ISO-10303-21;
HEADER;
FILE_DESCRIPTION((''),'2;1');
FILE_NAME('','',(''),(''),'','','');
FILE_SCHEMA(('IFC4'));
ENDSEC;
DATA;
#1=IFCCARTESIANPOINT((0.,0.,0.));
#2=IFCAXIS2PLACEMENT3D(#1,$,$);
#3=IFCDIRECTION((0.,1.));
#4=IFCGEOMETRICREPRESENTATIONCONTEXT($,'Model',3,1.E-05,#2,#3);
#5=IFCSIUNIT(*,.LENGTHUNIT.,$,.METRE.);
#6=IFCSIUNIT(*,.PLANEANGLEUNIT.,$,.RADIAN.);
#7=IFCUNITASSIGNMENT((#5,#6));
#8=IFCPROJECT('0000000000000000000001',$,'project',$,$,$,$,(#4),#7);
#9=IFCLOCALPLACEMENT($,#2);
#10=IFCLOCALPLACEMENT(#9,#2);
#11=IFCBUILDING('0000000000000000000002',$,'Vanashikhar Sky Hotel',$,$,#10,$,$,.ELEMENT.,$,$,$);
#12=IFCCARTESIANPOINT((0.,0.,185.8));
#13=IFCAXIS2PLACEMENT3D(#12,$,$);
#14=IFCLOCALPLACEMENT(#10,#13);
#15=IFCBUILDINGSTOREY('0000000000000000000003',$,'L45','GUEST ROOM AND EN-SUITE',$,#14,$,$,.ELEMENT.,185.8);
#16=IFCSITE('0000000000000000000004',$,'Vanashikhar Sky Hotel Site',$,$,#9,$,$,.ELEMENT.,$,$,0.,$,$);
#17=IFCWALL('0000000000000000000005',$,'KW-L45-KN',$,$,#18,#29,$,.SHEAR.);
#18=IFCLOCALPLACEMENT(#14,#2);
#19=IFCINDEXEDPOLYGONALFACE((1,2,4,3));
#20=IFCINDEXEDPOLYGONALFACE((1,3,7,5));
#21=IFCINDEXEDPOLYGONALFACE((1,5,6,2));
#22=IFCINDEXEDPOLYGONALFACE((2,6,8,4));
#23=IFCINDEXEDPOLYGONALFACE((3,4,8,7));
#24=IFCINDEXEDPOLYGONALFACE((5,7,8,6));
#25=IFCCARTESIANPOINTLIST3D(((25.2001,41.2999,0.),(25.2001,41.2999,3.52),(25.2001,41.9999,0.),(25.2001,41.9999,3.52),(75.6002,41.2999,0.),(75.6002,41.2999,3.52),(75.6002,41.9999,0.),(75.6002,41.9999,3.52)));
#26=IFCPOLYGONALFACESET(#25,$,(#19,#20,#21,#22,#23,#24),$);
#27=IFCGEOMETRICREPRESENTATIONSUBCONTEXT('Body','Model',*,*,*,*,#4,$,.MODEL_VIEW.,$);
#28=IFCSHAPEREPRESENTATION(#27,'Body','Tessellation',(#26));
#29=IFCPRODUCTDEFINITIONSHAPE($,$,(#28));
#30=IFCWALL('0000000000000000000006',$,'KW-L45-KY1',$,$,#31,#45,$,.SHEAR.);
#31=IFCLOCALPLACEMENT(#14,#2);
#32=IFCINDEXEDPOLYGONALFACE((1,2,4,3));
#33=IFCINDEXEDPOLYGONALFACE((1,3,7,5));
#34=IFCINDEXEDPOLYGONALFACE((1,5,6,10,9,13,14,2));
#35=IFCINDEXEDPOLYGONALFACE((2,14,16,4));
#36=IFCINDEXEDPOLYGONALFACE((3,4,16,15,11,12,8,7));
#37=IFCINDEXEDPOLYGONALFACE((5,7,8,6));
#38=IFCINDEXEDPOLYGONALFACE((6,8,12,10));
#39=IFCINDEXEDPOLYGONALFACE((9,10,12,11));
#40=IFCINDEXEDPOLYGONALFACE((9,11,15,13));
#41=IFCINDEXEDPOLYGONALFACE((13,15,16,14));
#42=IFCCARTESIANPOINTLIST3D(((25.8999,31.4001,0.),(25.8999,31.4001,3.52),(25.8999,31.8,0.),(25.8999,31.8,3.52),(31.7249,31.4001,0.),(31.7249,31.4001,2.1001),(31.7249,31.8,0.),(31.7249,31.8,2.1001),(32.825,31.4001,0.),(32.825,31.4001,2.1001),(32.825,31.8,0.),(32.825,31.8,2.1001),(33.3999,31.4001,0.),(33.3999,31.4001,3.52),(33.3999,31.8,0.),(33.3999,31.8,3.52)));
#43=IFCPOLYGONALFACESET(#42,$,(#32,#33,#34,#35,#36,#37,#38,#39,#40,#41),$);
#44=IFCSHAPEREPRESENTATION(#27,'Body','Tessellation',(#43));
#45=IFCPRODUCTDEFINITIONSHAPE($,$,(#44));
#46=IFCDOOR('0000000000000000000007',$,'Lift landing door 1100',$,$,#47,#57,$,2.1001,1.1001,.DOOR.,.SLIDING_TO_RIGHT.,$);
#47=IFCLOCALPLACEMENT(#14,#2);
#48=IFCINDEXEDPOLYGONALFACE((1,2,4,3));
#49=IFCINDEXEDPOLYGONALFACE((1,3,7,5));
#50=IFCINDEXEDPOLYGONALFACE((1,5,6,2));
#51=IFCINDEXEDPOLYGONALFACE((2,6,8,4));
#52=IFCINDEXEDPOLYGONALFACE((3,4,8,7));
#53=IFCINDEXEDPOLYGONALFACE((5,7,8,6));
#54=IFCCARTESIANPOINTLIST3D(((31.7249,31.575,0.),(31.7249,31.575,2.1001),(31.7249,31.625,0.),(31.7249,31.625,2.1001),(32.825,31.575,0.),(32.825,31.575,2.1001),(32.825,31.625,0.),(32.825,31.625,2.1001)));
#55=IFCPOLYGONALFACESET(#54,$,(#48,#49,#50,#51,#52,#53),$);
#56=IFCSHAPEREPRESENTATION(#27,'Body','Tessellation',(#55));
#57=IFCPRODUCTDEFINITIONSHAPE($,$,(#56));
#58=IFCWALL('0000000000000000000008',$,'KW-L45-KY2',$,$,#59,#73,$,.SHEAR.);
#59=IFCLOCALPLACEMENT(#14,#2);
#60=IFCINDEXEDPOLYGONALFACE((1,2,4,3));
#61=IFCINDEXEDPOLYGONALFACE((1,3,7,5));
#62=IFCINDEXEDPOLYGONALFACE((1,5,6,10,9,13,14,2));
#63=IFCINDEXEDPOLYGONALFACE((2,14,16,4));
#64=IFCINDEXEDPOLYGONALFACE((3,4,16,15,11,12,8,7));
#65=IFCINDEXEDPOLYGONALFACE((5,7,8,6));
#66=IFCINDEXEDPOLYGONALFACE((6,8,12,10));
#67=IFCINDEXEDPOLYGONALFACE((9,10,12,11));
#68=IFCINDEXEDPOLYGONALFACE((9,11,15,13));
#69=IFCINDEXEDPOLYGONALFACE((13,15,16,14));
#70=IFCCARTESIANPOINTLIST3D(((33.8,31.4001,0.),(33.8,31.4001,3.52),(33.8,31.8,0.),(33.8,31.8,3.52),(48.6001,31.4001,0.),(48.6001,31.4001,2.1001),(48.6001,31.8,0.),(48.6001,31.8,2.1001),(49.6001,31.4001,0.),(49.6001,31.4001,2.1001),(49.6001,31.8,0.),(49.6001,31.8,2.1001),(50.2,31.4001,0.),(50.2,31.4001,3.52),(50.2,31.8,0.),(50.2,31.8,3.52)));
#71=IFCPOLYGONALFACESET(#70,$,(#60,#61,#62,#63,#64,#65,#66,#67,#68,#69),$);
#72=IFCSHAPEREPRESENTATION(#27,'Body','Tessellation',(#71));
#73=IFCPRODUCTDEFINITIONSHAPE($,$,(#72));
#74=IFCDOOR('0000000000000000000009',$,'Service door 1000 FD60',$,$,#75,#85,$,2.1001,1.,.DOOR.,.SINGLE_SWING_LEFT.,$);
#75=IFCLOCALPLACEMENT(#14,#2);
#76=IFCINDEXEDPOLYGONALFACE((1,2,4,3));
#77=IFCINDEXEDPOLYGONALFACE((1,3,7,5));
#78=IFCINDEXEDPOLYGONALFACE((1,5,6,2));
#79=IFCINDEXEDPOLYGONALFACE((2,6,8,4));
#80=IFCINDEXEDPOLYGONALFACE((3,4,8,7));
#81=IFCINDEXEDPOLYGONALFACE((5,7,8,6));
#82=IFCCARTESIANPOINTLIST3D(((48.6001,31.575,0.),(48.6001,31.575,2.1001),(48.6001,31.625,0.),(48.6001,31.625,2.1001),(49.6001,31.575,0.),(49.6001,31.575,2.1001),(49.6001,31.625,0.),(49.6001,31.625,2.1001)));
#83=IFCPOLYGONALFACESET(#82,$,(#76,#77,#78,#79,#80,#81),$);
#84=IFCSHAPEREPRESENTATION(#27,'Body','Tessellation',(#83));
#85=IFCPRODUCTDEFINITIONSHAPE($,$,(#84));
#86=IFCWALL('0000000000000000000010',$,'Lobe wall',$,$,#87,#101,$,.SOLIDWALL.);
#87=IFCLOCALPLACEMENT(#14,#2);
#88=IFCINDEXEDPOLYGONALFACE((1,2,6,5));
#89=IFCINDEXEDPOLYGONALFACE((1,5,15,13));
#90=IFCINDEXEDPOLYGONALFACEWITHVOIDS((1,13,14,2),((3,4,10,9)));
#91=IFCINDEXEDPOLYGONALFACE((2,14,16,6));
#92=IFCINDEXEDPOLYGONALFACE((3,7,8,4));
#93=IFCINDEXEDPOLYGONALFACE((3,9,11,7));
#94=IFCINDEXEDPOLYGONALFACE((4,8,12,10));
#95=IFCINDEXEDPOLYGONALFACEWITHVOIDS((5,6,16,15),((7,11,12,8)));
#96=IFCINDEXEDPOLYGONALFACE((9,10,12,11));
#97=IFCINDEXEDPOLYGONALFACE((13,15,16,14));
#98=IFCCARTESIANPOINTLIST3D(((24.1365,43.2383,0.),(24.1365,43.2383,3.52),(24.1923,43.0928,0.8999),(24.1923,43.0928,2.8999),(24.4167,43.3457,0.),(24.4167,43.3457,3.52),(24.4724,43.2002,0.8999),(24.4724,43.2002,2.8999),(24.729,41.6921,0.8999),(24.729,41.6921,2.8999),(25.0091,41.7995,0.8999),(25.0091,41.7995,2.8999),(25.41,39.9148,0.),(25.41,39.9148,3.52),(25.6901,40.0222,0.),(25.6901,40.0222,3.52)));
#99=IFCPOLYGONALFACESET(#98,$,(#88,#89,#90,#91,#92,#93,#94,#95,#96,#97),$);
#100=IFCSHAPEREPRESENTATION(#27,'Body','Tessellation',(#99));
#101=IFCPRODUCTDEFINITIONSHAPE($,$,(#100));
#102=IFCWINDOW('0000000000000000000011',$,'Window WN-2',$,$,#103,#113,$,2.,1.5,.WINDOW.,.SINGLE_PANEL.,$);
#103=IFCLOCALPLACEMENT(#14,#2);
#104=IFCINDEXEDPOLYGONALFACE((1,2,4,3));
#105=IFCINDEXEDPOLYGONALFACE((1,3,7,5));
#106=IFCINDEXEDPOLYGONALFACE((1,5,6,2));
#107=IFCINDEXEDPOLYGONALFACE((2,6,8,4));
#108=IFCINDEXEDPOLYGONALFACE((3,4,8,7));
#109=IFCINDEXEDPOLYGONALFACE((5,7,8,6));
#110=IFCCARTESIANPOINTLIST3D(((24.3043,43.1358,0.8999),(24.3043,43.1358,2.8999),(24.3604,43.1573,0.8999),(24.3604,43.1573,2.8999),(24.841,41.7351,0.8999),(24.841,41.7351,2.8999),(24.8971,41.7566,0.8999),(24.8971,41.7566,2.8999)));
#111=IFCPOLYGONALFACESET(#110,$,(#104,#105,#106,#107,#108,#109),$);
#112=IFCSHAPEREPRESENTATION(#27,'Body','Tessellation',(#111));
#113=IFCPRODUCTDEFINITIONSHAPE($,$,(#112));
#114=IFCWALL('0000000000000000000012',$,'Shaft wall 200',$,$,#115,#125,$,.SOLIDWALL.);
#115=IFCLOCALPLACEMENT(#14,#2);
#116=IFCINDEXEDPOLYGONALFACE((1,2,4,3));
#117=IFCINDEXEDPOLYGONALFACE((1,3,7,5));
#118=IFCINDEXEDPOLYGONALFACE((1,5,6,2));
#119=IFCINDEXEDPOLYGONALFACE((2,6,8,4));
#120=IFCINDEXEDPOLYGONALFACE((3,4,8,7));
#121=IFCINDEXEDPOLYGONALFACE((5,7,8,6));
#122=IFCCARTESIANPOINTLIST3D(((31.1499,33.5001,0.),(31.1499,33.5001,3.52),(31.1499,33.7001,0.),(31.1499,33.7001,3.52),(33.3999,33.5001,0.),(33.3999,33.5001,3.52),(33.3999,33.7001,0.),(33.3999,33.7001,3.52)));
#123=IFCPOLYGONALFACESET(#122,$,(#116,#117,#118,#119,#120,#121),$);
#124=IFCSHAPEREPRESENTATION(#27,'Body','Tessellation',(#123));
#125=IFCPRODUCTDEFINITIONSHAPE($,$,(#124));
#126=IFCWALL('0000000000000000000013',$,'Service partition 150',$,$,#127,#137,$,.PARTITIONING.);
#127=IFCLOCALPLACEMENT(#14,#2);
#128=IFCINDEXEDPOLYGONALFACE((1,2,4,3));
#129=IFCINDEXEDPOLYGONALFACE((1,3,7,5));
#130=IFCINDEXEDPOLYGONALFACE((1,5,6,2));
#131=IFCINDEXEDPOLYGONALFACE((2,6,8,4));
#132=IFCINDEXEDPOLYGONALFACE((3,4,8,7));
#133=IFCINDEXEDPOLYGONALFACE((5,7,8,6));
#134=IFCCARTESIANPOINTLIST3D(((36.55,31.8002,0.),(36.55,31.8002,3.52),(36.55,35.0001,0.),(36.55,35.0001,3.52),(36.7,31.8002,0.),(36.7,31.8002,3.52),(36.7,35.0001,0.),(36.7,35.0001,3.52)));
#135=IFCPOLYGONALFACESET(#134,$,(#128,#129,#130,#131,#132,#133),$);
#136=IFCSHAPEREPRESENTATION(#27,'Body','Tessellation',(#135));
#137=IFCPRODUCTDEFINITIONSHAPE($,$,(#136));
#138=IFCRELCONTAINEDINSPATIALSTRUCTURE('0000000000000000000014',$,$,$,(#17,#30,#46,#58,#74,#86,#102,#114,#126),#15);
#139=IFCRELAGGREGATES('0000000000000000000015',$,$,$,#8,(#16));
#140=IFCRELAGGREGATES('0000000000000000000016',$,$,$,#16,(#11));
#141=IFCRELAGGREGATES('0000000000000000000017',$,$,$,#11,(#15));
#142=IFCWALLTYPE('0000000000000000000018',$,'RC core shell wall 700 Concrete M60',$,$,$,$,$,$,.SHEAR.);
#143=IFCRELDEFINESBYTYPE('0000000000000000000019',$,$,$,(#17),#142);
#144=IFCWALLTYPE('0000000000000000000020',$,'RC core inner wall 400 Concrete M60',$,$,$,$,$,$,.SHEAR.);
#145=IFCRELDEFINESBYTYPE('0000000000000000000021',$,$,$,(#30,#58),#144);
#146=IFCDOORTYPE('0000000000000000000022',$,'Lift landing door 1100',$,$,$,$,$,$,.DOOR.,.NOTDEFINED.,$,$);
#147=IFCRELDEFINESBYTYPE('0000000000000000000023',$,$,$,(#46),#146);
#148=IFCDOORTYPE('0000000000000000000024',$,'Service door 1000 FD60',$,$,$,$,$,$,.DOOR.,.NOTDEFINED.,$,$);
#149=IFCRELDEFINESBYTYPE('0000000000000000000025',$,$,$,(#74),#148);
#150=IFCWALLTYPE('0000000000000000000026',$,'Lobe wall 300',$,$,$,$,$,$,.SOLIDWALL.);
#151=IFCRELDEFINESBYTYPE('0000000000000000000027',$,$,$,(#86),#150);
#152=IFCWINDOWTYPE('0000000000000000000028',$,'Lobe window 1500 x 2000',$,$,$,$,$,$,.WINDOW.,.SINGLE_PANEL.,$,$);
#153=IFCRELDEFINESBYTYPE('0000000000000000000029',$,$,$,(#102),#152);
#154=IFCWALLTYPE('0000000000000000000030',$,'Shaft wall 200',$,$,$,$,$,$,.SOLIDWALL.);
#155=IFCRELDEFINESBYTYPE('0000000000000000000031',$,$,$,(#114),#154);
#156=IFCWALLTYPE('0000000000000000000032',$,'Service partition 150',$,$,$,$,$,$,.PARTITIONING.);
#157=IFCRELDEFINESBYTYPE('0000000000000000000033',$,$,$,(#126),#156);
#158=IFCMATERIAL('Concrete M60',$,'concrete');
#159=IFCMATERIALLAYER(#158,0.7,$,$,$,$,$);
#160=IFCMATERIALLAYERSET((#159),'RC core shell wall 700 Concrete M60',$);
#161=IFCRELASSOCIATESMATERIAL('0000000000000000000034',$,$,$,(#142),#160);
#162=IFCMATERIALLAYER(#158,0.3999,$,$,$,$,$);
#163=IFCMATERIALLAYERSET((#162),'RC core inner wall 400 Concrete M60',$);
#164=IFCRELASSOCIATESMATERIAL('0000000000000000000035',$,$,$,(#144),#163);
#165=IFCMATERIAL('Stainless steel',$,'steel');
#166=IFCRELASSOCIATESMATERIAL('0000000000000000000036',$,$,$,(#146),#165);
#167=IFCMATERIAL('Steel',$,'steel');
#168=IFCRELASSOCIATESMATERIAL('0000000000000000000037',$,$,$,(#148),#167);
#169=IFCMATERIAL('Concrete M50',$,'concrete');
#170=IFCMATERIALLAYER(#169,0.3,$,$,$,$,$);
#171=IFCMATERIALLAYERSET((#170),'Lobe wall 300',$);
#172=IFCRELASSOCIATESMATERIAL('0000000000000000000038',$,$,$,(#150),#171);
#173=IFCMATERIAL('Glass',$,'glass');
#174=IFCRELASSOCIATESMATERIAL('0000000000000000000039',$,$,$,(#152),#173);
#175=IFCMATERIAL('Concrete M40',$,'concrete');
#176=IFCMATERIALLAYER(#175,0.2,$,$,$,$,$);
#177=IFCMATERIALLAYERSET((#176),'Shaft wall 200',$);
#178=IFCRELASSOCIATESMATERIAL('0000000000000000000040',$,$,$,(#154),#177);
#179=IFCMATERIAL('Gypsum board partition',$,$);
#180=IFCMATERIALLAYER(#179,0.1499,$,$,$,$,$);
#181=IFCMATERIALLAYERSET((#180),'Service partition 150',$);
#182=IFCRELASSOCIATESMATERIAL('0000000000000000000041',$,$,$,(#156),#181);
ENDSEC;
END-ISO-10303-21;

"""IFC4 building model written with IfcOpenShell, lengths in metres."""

from ifc_helpers import new_model, si_unit, direction, frame, frame_2d, origin, place, context, subcontext, project, spatial, rectangle, extrude, source, transform, mapped, material, layer, layer_set, type_object, element, fill, save


model = new_model("IFC4")

# Units and contexts
model_context = context("Model", 3, precision=1e-05, world=origin(), true_north=direction((0.0, 1.0)))
body_context = subcontext(model_context, "Body", "Model", "MODEL_VIEW")
ifc_project = project(units=[si_unit("LENGTHUNIT", "METRE"), si_unit("PLANEANGLEUNIT", "RADIAN")], contexts=[model_context])

# Site, building, storey
site_placement = place(None, origin())
site = spatial("IfcSite", under=ifc_project, at=site_placement, Name="Vanashikhar Sky Hotel Site", CompositionType="ELEMENT", RefElevation=0.0)
building_placement = place(site_placement, origin())
building = spatial("IfcBuilding", under=site, at=building_placement, Name="Vanashikhar Sky Hotel", CompositionType="ELEMENT")
storey_placement = place(building_placement, frame((0.0, 0.0, 185.8)))
storey = spatial("IfcBuildingStorey", under=building, at=storey_placement, Name="L45", Description="GUEST ROOM AND EN-SUITE", CompositionType="ELEMENT", Elevation=185.8)

# Wall
ifc_material_1 = material(Name="Concrete M60", Category="concrete")
ifc_layer_1 = layer(ifc_material_1, 0.7)
ifc_layer_set_1 = layer_set([ifc_layer_1], Name="RC core shell wall 700 Concrete M60")
wall_type_1 = type_object("IfcWallType", Name="RC core shell wall 700 Concrete M60", PredefinedType="SHEAR", material=ifc_layer_set_1)
shared_shape_1 = source(origin(), body_context, "Body", "SweptSolid", [
    extrude(rectangle(XDim=50.4001, YDim=0.7, at=frame_2d((25.2002, 0.0))), origin(), (0.0, 0.0, 1.0), 3.52),
])
wall_1_placement = place(storey_placement, frame((25.2, 41.6499, 0.0), z_axis=(0.0, 0.0, 1.0), x_axis=(1.0, 0.0, 0.0)))
element("IfcWall", 1, at=wall_1_placement, inside=storey, type_object=wall_type_1, Name="KW-L45-KN", PredefinedType="SHEAR", context=body_context, shape_type="MappedRepresentation", body=[
    mapped(shared_shape_1, transform((0.0, 0.0, 0.0), scale=1.0)),
])

# Walls, openings, doors
ifc_layer_2 = layer(ifc_material_1, 0.3999)
ifc_layer_set_2 = layer_set([ifc_layer_2], Name="RC core inner wall 400 Concrete M60")
wall_type_2 = type_object("IfcWallType", Name="RC core inner wall 400 Concrete M60", PredefinedType="SHEAR", material=ifc_layer_set_2)
shared_shape_2 = source(origin(), body_context, "Body", "SweptSolid", [
    extrude(rectangle(XDim=7.5, YDim=0.3999, at=frame_2d((3.75, 0.0))), origin(), (0.0, 0.0, 1.0), 3.52),
])
wall_2_placement = place(storey_placement, frame((25.8999, 31.6001, 0.0), z_axis=(0.0, 0.0, 1.0), x_axis=(1.0, 0.0, 0.0)))
wall_2 = element("IfcWall", 2, at=wall_2_placement, inside=storey, type_object=wall_type_2, Name="KW-L45-KY1", PredefinedType="SHEAR", context=body_context, shape_type="MappedRepresentation", body=[
    mapped(shared_shape_2, transform((0.0, 0.0, 0.0), scale=1.0)),
])
shared_shape_3 = source(origin(), body_context, "Body", "SweptSolid", [
    extrude(rectangle(XDim=1.1001, YDim=2.1001, at=frame_2d((0.55, 1.05))), frame((0.0, 0.21, 0.0), z_axis=(0.0, -1.0, 0.0), x_axis=(1.0, 0.0, 0.0)), (0.0, 0.0, 1.0), 0.4199),
])
opening_1_placement = place(wall_2_placement, frame((5.825, 0.0, 0.0)))
opening_1 = element("IfcOpeningElement", 3, at=opening_1_placement, cuts=wall_2, PredefinedType="OPENING", context=body_context, shape_type="MappedRepresentation", body=[
    mapped(shared_shape_3, transform((0.0, 0.0, 0.0), scale=1.0)),
])
ifc_material_2 = material(Name="Stainless steel", Category="steel")
door_type_1 = type_object("IfcDoorType", Name="Lift landing door 1100", OperationType="NOTDEFINED", PredefinedType="DOOR", material=ifc_material_2)
shared_shape_4 = source(origin(), body_context, "Body", "SweptSolid", [
    extrude(rectangle(XDim=1.1001, YDim=2.1001, at=frame_2d((0.55, 1.05))), frame((0.0, 0.0249, 0.0), z_axis=(0.0, -1.0, 0.0), x_axis=(1.0, 0.0, 0.0)), (0.0, 0.0, 1.0), 0.05),
])
door_1_placement = place(opening_1_placement, origin())
door_1 = element("IfcDoor", 4, at=door_1_placement, inside=storey, type_object=door_type_1, Name="Lift landing door 1100", OperationType="SLIDING_TO_RIGHT", OverallHeight=2.1001, OverallWidth=1.1001, PredefinedType="DOOR", context=body_context, shape_type="MappedRepresentation", body=[
    mapped(shared_shape_4, transform((0.0, 0.0, 0.0), scale=1.0)),
])
fill(opening_1, door_1)
shared_shape_5 = source(origin(), body_context, "Body", "SweptSolid", [
    extrude(rectangle(XDim=16.3999, YDim=0.3999, at=frame_2d((8.2, 0.0))), origin(), (0.0, 0.0, 1.0), 3.52),
])
wall_3_placement = place(storey_placement, frame((33.8, 31.6001, 0.0), z_axis=(0.0, 0.0, 1.0), x_axis=(1.0, 0.0, 0.0)))
wall_3 = element("IfcWall", 5, at=wall_3_placement, inside=storey, type_object=wall_type_2, Name="KW-L45-KY2", PredefinedType="SHEAR", context=body_context, shape_type="MappedRepresentation", body=[
    mapped(shared_shape_5, transform((0.0, 0.0, 0.0), scale=1.0)),
])
shared_shape_6 = source(origin(), body_context, "Body", "SweptSolid", [
    extrude(rectangle(XDim=1.0, YDim=2.1001, at=frame_2d((0.5, 1.05))), frame((0.0, 0.21, 0.0), z_axis=(0.0, -1.0, 0.0), x_axis=(1.0, 0.0, 0.0)), (0.0, 0.0, 1.0), 0.4199),
])
opening_2_placement = place(wall_3_placement, frame((14.8, 0.0, 0.0)))
opening_2 = element("IfcOpeningElement", 6, at=opening_2_placement, cuts=wall_3, PredefinedType="OPENING", context=body_context, shape_type="MappedRepresentation", body=[
    mapped(shared_shape_6, transform((0.0, 0.0, 0.0), scale=1.0)),
])
ifc_material_3 = material(Name="Steel", Category="steel")
door_type_2 = type_object("IfcDoorType", Name="Service door 1000 FD60", OperationType="NOTDEFINED", PredefinedType="DOOR", material=ifc_material_3)
shared_shape_7 = source(origin(), body_context, "Body", "SweptSolid", [
    extrude(rectangle(XDim=1.0, YDim=2.1001, at=frame_2d((0.5, 1.05))), frame((0.0, 0.0249, 0.0), z_axis=(0.0, -1.0, 0.0), x_axis=(1.0, 0.0, 0.0)), (0.0, 0.0, 1.0), 0.05),
])
door_2_placement = place(opening_2_placement, origin())
door_2 = element("IfcDoor", 7, at=door_2_placement, inside=storey, type_object=door_type_2, Name="Service door 1000 FD60", OperationType="SINGLE_SWING_LEFT", OverallHeight=2.1001, OverallWidth=1.0, PredefinedType="DOOR", context=body_context, shape_type="MappedRepresentation", body=[
    mapped(shared_shape_7, transform((0.0, 0.0, 0.0), scale=1.0)),
])
fill(opening_2, door_2)

# Wall, opening, window
ifc_material_4 = material(Name="Concrete M50", Category="concrete")
ifc_layer_3 = layer(ifc_material_4, 0.3)
ifc_layer_set_3 = layer_set([ifc_layer_3], Name="Lobe wall 300")
wall_type_3 = type_object("IfcWallType", Name="Lobe wall 300", PredefinedType="SOLIDWALL", material=ifc_layer_set_3)
shared_shape_8 = source(origin(), body_context, "Body", "SweptSolid", [
    extrude(rectangle(XDim=3.5591, YDim=0.3, at=frame_2d((1.7795, 0.0))), origin(), (0.0, 0.0, 1.0), 3.52),
])
wall_4_placement = place(storey_placement, frame((25.55, 39.9685, 0.0), z_axis=(0.0, 0.0, 1.0), x_axis=(-0.357797, 0.933799, 0.0)))
wall_4 = element("IfcWall", 8, at=wall_4_placement, inside=storey, type_object=wall_type_3, Name="Lobe wall", PredefinedType="SOLIDWALL", context=body_context, shape_type="MappedRepresentation", body=[
    mapped(shared_shape_8, transform((0.0, 0.0, 0.0), scale=1.0)),
])
shared_shape_9 = source(origin(), body_context, "Body", "SweptSolid", [
    extrude(rectangle(XDim=1.5, YDim=2.0, at=frame_2d((0.75, 1.0))), frame((0.0, 0.1602, 0.0), z_axis=(0.0, -1.0, 0.0), x_axis=(1.0, 0.0, 0.0)), (0.0, 0.0, 1.0), 0.3201),
])
opening_3_placement = place(wall_4_placement, frame((1.9033, 0.0, 0.8999)))
opening_3 = element("IfcOpeningElement", 9, at=opening_3_placement, cuts=wall_4, PredefinedType="OPENING", context=body_context, shape_type="MappedRepresentation", body=[
    mapped(shared_shape_9, transform((0.0, 0.0, 0.0), scale=1.0)),
])
ifc_material_5 = material(Name="Glass", Category="glass")
window_type = type_object("IfcWindowType", Name="Lobe window 1500 x 2000", PartitioningType="SINGLE_PANEL", PredefinedType="WINDOW", material=ifc_material_5)
shared_shape_10 = source(origin(), body_context, "Body", "SweptSolid", [
    extrude(rectangle(XDim=1.5, YDim=2.0, at=frame_2d((0.75, 1.0))), frame((0.0, 0.03, 0.0), z_axis=(0.0, -1.0, 0.0), x_axis=(1.0, 0.0, 0.0)), (0.0, 0.0, 1.0), 0.0601),
])
window_placement = place(opening_3_placement, origin())
window = element("IfcWindow", 10, at=window_placement, inside=storey, type_object=window_type, Name="Window WN-2", OverallHeight=2.0, OverallWidth=1.5, PartitioningType="SINGLE_PANEL", PredefinedType="WINDOW", context=body_context, shape_type="MappedRepresentation", body=[
    mapped(shared_shape_10, transform((0.0, 0.0, 0.0), scale=1.0)),
])
fill(opening_3, window)

# Walls
ifc_material_6 = material(Name="Concrete M40", Category="concrete")
ifc_layer_4 = layer(ifc_material_6, 0.2)
ifc_layer_set_4 = layer_set([ifc_layer_4], Name="Shaft wall 200")
wall_type_4 = type_object("IfcWallType", Name="Shaft wall 200", PredefinedType="SOLIDWALL", material=ifc_layer_set_4)
shared_shape_11 = source(origin(), body_context, "Body", "SweptSolid", [
    extrude(rectangle(XDim=2.25, YDim=0.2, at=frame_2d((1.125, 0.0))), origin(), (0.0, 0.0, 1.0), 3.52),
])
wall_5_placement = place(storey_placement, frame((31.1499, 33.6001, 0.0), z_axis=(0.0, 0.0, 1.0), x_axis=(1.0, 0.0, 0.0)))
element("IfcWall", 11, at=wall_5_placement, inside=storey, type_object=wall_type_4, Name="Shaft wall 200", PredefinedType="SOLIDWALL", context=body_context, shape_type="MappedRepresentation", body=[
    mapped(shared_shape_11, transform((0.0, 0.0, 0.0), scale=1.0)),
])
ifc_material_7 = material(Name="Gypsum board partition")
ifc_layer_5 = layer(ifc_material_7, 0.1499)
ifc_layer_set_5 = layer_set([ifc_layer_5], Name="Service partition 150")
wall_type_5 = type_object("IfcWallType", Name="Service partition 150", PredefinedType="PARTITIONING", material=ifc_layer_set_5)
shared_shape_12 = source(origin(), body_context, "Body", "SweptSolid", [
    extrude(rectangle(XDim=3.2, YDim=0.1499, at=frame_2d((1.6001, 0.0))), origin(), (0.0, 0.0, 1.0), 3.52),
])
wall_6_placement = place(storey_placement, frame((36.625, 31.8, 0.0), z_axis=(0.0, 0.0, 1.0), x_axis=(0.0, 1.0, 0.0)))
element("IfcWall", 12, at=wall_6_placement, inside=storey, type_object=wall_type_5, Name="Service partition 150", PredefinedType="PARTITIONING", context=body_context, shape_type="MappedRepresentation", body=[
    mapped(shared_shape_12, transform((0.0, 0.0, 0.0), scale=1.0)),
])

save(model, "model.ifc")
